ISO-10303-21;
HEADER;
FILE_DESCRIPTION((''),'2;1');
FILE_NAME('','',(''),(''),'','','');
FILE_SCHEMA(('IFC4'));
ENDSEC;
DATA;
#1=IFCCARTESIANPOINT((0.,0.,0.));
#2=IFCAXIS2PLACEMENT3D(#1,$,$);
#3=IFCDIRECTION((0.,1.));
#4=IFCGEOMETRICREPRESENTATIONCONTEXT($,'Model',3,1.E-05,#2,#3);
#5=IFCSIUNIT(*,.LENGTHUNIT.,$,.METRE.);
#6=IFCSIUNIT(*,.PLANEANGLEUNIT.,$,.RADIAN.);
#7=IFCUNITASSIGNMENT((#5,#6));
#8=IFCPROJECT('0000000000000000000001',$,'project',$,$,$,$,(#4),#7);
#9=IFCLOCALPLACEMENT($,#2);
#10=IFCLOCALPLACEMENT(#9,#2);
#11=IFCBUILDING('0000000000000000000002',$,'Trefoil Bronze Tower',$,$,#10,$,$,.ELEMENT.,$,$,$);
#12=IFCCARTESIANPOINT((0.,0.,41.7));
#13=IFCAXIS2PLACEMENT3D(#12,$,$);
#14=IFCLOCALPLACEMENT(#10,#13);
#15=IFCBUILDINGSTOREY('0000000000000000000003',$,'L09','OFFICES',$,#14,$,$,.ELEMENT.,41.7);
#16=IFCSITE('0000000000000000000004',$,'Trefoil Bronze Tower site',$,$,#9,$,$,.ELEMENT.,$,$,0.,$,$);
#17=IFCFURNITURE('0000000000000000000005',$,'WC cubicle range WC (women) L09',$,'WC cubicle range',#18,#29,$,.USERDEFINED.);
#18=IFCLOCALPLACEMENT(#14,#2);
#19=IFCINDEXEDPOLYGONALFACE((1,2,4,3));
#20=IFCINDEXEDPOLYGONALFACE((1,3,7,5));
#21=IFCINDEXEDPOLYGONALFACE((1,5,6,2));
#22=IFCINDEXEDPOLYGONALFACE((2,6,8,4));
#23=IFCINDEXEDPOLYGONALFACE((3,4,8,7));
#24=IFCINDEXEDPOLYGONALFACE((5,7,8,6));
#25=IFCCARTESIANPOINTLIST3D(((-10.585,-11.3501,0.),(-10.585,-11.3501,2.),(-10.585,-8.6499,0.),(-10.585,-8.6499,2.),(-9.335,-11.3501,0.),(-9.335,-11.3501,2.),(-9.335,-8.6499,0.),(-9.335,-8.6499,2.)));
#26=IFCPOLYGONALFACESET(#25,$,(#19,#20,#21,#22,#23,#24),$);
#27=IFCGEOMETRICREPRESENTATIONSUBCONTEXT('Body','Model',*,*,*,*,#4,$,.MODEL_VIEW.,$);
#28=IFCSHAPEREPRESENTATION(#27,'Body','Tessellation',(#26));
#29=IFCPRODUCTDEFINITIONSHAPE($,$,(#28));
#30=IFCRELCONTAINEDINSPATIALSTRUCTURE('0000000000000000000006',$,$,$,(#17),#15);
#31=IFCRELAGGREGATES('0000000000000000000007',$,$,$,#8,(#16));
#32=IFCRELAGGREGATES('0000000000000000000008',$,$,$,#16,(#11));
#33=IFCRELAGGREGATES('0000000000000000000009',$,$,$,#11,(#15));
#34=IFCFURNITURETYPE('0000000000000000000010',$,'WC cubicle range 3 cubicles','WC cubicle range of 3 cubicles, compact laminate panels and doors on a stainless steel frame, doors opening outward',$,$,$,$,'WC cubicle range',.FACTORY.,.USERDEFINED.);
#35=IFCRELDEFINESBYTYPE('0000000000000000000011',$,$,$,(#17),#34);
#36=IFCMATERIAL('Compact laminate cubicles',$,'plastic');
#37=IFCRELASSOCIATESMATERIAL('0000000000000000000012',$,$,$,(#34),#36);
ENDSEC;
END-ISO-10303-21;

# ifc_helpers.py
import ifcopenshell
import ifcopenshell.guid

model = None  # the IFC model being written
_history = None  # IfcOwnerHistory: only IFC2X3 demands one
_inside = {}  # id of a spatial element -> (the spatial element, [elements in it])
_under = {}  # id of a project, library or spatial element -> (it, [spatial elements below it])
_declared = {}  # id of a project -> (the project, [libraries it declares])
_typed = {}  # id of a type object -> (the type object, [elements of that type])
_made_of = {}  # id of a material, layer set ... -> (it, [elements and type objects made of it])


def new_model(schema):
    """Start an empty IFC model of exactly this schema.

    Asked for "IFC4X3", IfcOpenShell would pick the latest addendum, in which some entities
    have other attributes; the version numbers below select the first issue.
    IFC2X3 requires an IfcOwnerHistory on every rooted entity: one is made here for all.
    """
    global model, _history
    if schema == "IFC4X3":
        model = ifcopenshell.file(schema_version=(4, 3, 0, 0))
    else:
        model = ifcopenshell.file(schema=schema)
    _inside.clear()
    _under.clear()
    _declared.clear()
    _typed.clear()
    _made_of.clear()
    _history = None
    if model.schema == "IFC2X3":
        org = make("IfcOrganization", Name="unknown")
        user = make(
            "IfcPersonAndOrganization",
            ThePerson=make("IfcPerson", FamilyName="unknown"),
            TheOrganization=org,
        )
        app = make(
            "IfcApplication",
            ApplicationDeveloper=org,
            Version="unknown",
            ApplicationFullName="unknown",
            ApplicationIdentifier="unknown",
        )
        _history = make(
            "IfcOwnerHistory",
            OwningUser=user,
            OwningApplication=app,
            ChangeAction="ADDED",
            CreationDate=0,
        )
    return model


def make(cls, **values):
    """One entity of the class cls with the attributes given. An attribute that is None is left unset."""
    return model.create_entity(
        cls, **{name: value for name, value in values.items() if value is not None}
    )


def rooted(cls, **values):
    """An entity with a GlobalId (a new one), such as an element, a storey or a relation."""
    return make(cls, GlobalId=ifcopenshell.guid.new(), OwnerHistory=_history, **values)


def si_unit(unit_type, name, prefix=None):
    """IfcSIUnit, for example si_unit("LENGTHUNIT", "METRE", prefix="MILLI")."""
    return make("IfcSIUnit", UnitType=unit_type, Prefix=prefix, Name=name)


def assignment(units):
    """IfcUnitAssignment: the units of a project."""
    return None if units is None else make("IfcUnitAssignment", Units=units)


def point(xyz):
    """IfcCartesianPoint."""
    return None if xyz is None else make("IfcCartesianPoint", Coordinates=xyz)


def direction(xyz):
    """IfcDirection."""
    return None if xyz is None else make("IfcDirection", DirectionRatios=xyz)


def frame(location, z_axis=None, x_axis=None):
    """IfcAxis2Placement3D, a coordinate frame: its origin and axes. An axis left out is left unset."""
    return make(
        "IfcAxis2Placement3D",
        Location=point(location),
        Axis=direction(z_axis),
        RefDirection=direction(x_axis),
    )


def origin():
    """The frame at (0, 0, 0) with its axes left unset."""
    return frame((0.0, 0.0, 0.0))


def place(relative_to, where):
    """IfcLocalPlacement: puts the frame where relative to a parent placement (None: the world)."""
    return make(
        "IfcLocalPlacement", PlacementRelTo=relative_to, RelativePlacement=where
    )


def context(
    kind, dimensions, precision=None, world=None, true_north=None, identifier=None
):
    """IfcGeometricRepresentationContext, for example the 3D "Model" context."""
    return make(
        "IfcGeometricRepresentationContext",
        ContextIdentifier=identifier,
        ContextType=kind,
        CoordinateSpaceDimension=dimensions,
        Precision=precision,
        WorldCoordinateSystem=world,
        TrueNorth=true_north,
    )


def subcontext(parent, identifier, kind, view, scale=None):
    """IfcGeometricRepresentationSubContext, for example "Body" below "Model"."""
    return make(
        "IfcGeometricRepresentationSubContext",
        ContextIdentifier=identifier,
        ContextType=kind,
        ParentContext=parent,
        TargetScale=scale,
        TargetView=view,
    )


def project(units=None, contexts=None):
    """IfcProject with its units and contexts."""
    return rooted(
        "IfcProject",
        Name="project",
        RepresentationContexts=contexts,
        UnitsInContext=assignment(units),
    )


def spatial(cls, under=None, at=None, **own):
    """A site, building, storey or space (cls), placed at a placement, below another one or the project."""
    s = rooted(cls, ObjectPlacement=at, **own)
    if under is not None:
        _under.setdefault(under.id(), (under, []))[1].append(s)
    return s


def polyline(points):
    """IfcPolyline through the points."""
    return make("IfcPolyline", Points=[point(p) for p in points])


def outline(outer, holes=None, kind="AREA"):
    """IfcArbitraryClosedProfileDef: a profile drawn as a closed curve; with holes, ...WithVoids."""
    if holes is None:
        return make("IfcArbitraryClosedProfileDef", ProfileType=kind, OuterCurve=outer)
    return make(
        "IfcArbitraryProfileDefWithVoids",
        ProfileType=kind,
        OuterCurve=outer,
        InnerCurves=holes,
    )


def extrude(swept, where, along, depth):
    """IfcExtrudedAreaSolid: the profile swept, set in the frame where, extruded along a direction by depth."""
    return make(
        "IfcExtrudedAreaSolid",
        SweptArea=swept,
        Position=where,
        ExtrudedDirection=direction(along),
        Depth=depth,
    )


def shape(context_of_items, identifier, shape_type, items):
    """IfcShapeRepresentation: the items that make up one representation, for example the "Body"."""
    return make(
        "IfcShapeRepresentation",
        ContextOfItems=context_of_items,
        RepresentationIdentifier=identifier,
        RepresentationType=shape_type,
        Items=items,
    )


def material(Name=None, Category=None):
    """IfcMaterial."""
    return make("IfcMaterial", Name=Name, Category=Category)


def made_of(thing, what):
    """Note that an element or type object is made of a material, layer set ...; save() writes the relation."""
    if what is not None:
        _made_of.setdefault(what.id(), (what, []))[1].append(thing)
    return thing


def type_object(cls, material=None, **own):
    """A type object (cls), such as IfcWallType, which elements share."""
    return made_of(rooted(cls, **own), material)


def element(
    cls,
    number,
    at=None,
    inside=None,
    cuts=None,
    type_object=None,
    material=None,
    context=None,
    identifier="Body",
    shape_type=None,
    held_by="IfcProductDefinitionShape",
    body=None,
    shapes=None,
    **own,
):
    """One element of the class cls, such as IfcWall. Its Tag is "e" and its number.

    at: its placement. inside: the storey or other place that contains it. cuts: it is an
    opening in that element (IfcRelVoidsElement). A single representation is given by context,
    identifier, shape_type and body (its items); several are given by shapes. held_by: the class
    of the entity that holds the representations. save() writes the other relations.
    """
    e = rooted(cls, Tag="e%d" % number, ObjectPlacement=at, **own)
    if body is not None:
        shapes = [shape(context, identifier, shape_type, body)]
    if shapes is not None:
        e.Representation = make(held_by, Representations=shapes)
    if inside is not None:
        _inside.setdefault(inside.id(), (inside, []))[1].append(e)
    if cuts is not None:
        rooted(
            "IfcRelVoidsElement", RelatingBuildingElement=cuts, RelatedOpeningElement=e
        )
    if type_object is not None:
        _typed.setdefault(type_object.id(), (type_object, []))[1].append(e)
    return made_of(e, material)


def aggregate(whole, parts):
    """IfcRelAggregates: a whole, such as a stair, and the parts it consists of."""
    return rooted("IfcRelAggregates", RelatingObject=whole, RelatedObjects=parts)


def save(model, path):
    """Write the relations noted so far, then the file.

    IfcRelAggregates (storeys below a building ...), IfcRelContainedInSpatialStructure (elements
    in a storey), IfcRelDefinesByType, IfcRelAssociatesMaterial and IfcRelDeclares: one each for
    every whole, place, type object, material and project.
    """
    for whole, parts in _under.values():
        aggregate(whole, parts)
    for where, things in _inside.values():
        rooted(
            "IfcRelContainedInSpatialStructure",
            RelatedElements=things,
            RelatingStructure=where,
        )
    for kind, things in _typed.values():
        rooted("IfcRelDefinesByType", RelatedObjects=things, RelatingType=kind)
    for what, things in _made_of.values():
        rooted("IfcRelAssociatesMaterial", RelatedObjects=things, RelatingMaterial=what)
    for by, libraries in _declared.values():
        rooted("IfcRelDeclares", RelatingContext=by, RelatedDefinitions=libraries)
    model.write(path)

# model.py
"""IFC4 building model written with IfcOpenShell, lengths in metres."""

from ifc_helpers import new_model, si_unit, direction, frame, origin, place, context, subcontext, project, spatial, polyline, outline, extrude, material, type_object, element, save


model = new_model("IFC4")

# Units and contexts
model_context = context("Model", 3, precision=1e-05, world=origin(), true_north=direction((0.0, 1.0)))
body_context = subcontext(model_context, "Body", "Model", "MODEL_VIEW")
ifc_project = project(units=[si_unit("LENGTHUNIT", "METRE"), si_unit("PLANEANGLEUNIT", "RADIAN")], contexts=[model_context])

# Site, building, storey
site_placement = place(None, origin())
site = spatial("IfcSite", under=ifc_project, at=site_placement, Name="Trefoil Bronze Tower site", CompositionType="ELEMENT", RefElevation=0.0)
building_placement = place(site_placement, origin())
building = spatial("IfcBuilding", under=site, at=building_placement, Name="Trefoil Bronze Tower", CompositionType="ELEMENT")
storey_placement = place(building_placement, frame((0.0, 0.0, 41.7)))
storey = spatial("IfcBuildingStorey", under=building, at=storey_placement, Name="L09", Description="OFFICES", CompositionType="ELEMENT", Elevation=41.7)

# Furniture
ifc_material_1 = material(Name="Compact laminate cubicles", Category="plastic")
furniture_type = type_object("IfcFurnitureType", Name="WC cubicle range 3 cubicles", Description="WC cubicle range of 3 cubicles, compact laminate panels and doors on a stainless steel frame, doors opening outward", ElementType="WC cubicle range", AssemblyPlace="FACTORY", PredefinedType="USERDEFINED", material=ifc_material_1)
furniture_placement = place(storey_placement, origin())
element("IfcFurniture", 1, at=furniture_placement, inside=storey, type_object=furniture_type, Name="WC cubicle range WC (women) L09", ObjectType="WC cubicle range", PredefinedType="USERDEFINED", context=body_context, shape_type="SweptSolid", body=[
    extrude(outline(polyline([(-9.335, -8.6499), (-10.585, -8.6499), (-10.585, -11.3501), (-9.335, -11.3501), (-9.335, -8.6499)])), origin(), (0.0, 0.0, 1.0), 2.0),
])

save(model, "model.ifc")
